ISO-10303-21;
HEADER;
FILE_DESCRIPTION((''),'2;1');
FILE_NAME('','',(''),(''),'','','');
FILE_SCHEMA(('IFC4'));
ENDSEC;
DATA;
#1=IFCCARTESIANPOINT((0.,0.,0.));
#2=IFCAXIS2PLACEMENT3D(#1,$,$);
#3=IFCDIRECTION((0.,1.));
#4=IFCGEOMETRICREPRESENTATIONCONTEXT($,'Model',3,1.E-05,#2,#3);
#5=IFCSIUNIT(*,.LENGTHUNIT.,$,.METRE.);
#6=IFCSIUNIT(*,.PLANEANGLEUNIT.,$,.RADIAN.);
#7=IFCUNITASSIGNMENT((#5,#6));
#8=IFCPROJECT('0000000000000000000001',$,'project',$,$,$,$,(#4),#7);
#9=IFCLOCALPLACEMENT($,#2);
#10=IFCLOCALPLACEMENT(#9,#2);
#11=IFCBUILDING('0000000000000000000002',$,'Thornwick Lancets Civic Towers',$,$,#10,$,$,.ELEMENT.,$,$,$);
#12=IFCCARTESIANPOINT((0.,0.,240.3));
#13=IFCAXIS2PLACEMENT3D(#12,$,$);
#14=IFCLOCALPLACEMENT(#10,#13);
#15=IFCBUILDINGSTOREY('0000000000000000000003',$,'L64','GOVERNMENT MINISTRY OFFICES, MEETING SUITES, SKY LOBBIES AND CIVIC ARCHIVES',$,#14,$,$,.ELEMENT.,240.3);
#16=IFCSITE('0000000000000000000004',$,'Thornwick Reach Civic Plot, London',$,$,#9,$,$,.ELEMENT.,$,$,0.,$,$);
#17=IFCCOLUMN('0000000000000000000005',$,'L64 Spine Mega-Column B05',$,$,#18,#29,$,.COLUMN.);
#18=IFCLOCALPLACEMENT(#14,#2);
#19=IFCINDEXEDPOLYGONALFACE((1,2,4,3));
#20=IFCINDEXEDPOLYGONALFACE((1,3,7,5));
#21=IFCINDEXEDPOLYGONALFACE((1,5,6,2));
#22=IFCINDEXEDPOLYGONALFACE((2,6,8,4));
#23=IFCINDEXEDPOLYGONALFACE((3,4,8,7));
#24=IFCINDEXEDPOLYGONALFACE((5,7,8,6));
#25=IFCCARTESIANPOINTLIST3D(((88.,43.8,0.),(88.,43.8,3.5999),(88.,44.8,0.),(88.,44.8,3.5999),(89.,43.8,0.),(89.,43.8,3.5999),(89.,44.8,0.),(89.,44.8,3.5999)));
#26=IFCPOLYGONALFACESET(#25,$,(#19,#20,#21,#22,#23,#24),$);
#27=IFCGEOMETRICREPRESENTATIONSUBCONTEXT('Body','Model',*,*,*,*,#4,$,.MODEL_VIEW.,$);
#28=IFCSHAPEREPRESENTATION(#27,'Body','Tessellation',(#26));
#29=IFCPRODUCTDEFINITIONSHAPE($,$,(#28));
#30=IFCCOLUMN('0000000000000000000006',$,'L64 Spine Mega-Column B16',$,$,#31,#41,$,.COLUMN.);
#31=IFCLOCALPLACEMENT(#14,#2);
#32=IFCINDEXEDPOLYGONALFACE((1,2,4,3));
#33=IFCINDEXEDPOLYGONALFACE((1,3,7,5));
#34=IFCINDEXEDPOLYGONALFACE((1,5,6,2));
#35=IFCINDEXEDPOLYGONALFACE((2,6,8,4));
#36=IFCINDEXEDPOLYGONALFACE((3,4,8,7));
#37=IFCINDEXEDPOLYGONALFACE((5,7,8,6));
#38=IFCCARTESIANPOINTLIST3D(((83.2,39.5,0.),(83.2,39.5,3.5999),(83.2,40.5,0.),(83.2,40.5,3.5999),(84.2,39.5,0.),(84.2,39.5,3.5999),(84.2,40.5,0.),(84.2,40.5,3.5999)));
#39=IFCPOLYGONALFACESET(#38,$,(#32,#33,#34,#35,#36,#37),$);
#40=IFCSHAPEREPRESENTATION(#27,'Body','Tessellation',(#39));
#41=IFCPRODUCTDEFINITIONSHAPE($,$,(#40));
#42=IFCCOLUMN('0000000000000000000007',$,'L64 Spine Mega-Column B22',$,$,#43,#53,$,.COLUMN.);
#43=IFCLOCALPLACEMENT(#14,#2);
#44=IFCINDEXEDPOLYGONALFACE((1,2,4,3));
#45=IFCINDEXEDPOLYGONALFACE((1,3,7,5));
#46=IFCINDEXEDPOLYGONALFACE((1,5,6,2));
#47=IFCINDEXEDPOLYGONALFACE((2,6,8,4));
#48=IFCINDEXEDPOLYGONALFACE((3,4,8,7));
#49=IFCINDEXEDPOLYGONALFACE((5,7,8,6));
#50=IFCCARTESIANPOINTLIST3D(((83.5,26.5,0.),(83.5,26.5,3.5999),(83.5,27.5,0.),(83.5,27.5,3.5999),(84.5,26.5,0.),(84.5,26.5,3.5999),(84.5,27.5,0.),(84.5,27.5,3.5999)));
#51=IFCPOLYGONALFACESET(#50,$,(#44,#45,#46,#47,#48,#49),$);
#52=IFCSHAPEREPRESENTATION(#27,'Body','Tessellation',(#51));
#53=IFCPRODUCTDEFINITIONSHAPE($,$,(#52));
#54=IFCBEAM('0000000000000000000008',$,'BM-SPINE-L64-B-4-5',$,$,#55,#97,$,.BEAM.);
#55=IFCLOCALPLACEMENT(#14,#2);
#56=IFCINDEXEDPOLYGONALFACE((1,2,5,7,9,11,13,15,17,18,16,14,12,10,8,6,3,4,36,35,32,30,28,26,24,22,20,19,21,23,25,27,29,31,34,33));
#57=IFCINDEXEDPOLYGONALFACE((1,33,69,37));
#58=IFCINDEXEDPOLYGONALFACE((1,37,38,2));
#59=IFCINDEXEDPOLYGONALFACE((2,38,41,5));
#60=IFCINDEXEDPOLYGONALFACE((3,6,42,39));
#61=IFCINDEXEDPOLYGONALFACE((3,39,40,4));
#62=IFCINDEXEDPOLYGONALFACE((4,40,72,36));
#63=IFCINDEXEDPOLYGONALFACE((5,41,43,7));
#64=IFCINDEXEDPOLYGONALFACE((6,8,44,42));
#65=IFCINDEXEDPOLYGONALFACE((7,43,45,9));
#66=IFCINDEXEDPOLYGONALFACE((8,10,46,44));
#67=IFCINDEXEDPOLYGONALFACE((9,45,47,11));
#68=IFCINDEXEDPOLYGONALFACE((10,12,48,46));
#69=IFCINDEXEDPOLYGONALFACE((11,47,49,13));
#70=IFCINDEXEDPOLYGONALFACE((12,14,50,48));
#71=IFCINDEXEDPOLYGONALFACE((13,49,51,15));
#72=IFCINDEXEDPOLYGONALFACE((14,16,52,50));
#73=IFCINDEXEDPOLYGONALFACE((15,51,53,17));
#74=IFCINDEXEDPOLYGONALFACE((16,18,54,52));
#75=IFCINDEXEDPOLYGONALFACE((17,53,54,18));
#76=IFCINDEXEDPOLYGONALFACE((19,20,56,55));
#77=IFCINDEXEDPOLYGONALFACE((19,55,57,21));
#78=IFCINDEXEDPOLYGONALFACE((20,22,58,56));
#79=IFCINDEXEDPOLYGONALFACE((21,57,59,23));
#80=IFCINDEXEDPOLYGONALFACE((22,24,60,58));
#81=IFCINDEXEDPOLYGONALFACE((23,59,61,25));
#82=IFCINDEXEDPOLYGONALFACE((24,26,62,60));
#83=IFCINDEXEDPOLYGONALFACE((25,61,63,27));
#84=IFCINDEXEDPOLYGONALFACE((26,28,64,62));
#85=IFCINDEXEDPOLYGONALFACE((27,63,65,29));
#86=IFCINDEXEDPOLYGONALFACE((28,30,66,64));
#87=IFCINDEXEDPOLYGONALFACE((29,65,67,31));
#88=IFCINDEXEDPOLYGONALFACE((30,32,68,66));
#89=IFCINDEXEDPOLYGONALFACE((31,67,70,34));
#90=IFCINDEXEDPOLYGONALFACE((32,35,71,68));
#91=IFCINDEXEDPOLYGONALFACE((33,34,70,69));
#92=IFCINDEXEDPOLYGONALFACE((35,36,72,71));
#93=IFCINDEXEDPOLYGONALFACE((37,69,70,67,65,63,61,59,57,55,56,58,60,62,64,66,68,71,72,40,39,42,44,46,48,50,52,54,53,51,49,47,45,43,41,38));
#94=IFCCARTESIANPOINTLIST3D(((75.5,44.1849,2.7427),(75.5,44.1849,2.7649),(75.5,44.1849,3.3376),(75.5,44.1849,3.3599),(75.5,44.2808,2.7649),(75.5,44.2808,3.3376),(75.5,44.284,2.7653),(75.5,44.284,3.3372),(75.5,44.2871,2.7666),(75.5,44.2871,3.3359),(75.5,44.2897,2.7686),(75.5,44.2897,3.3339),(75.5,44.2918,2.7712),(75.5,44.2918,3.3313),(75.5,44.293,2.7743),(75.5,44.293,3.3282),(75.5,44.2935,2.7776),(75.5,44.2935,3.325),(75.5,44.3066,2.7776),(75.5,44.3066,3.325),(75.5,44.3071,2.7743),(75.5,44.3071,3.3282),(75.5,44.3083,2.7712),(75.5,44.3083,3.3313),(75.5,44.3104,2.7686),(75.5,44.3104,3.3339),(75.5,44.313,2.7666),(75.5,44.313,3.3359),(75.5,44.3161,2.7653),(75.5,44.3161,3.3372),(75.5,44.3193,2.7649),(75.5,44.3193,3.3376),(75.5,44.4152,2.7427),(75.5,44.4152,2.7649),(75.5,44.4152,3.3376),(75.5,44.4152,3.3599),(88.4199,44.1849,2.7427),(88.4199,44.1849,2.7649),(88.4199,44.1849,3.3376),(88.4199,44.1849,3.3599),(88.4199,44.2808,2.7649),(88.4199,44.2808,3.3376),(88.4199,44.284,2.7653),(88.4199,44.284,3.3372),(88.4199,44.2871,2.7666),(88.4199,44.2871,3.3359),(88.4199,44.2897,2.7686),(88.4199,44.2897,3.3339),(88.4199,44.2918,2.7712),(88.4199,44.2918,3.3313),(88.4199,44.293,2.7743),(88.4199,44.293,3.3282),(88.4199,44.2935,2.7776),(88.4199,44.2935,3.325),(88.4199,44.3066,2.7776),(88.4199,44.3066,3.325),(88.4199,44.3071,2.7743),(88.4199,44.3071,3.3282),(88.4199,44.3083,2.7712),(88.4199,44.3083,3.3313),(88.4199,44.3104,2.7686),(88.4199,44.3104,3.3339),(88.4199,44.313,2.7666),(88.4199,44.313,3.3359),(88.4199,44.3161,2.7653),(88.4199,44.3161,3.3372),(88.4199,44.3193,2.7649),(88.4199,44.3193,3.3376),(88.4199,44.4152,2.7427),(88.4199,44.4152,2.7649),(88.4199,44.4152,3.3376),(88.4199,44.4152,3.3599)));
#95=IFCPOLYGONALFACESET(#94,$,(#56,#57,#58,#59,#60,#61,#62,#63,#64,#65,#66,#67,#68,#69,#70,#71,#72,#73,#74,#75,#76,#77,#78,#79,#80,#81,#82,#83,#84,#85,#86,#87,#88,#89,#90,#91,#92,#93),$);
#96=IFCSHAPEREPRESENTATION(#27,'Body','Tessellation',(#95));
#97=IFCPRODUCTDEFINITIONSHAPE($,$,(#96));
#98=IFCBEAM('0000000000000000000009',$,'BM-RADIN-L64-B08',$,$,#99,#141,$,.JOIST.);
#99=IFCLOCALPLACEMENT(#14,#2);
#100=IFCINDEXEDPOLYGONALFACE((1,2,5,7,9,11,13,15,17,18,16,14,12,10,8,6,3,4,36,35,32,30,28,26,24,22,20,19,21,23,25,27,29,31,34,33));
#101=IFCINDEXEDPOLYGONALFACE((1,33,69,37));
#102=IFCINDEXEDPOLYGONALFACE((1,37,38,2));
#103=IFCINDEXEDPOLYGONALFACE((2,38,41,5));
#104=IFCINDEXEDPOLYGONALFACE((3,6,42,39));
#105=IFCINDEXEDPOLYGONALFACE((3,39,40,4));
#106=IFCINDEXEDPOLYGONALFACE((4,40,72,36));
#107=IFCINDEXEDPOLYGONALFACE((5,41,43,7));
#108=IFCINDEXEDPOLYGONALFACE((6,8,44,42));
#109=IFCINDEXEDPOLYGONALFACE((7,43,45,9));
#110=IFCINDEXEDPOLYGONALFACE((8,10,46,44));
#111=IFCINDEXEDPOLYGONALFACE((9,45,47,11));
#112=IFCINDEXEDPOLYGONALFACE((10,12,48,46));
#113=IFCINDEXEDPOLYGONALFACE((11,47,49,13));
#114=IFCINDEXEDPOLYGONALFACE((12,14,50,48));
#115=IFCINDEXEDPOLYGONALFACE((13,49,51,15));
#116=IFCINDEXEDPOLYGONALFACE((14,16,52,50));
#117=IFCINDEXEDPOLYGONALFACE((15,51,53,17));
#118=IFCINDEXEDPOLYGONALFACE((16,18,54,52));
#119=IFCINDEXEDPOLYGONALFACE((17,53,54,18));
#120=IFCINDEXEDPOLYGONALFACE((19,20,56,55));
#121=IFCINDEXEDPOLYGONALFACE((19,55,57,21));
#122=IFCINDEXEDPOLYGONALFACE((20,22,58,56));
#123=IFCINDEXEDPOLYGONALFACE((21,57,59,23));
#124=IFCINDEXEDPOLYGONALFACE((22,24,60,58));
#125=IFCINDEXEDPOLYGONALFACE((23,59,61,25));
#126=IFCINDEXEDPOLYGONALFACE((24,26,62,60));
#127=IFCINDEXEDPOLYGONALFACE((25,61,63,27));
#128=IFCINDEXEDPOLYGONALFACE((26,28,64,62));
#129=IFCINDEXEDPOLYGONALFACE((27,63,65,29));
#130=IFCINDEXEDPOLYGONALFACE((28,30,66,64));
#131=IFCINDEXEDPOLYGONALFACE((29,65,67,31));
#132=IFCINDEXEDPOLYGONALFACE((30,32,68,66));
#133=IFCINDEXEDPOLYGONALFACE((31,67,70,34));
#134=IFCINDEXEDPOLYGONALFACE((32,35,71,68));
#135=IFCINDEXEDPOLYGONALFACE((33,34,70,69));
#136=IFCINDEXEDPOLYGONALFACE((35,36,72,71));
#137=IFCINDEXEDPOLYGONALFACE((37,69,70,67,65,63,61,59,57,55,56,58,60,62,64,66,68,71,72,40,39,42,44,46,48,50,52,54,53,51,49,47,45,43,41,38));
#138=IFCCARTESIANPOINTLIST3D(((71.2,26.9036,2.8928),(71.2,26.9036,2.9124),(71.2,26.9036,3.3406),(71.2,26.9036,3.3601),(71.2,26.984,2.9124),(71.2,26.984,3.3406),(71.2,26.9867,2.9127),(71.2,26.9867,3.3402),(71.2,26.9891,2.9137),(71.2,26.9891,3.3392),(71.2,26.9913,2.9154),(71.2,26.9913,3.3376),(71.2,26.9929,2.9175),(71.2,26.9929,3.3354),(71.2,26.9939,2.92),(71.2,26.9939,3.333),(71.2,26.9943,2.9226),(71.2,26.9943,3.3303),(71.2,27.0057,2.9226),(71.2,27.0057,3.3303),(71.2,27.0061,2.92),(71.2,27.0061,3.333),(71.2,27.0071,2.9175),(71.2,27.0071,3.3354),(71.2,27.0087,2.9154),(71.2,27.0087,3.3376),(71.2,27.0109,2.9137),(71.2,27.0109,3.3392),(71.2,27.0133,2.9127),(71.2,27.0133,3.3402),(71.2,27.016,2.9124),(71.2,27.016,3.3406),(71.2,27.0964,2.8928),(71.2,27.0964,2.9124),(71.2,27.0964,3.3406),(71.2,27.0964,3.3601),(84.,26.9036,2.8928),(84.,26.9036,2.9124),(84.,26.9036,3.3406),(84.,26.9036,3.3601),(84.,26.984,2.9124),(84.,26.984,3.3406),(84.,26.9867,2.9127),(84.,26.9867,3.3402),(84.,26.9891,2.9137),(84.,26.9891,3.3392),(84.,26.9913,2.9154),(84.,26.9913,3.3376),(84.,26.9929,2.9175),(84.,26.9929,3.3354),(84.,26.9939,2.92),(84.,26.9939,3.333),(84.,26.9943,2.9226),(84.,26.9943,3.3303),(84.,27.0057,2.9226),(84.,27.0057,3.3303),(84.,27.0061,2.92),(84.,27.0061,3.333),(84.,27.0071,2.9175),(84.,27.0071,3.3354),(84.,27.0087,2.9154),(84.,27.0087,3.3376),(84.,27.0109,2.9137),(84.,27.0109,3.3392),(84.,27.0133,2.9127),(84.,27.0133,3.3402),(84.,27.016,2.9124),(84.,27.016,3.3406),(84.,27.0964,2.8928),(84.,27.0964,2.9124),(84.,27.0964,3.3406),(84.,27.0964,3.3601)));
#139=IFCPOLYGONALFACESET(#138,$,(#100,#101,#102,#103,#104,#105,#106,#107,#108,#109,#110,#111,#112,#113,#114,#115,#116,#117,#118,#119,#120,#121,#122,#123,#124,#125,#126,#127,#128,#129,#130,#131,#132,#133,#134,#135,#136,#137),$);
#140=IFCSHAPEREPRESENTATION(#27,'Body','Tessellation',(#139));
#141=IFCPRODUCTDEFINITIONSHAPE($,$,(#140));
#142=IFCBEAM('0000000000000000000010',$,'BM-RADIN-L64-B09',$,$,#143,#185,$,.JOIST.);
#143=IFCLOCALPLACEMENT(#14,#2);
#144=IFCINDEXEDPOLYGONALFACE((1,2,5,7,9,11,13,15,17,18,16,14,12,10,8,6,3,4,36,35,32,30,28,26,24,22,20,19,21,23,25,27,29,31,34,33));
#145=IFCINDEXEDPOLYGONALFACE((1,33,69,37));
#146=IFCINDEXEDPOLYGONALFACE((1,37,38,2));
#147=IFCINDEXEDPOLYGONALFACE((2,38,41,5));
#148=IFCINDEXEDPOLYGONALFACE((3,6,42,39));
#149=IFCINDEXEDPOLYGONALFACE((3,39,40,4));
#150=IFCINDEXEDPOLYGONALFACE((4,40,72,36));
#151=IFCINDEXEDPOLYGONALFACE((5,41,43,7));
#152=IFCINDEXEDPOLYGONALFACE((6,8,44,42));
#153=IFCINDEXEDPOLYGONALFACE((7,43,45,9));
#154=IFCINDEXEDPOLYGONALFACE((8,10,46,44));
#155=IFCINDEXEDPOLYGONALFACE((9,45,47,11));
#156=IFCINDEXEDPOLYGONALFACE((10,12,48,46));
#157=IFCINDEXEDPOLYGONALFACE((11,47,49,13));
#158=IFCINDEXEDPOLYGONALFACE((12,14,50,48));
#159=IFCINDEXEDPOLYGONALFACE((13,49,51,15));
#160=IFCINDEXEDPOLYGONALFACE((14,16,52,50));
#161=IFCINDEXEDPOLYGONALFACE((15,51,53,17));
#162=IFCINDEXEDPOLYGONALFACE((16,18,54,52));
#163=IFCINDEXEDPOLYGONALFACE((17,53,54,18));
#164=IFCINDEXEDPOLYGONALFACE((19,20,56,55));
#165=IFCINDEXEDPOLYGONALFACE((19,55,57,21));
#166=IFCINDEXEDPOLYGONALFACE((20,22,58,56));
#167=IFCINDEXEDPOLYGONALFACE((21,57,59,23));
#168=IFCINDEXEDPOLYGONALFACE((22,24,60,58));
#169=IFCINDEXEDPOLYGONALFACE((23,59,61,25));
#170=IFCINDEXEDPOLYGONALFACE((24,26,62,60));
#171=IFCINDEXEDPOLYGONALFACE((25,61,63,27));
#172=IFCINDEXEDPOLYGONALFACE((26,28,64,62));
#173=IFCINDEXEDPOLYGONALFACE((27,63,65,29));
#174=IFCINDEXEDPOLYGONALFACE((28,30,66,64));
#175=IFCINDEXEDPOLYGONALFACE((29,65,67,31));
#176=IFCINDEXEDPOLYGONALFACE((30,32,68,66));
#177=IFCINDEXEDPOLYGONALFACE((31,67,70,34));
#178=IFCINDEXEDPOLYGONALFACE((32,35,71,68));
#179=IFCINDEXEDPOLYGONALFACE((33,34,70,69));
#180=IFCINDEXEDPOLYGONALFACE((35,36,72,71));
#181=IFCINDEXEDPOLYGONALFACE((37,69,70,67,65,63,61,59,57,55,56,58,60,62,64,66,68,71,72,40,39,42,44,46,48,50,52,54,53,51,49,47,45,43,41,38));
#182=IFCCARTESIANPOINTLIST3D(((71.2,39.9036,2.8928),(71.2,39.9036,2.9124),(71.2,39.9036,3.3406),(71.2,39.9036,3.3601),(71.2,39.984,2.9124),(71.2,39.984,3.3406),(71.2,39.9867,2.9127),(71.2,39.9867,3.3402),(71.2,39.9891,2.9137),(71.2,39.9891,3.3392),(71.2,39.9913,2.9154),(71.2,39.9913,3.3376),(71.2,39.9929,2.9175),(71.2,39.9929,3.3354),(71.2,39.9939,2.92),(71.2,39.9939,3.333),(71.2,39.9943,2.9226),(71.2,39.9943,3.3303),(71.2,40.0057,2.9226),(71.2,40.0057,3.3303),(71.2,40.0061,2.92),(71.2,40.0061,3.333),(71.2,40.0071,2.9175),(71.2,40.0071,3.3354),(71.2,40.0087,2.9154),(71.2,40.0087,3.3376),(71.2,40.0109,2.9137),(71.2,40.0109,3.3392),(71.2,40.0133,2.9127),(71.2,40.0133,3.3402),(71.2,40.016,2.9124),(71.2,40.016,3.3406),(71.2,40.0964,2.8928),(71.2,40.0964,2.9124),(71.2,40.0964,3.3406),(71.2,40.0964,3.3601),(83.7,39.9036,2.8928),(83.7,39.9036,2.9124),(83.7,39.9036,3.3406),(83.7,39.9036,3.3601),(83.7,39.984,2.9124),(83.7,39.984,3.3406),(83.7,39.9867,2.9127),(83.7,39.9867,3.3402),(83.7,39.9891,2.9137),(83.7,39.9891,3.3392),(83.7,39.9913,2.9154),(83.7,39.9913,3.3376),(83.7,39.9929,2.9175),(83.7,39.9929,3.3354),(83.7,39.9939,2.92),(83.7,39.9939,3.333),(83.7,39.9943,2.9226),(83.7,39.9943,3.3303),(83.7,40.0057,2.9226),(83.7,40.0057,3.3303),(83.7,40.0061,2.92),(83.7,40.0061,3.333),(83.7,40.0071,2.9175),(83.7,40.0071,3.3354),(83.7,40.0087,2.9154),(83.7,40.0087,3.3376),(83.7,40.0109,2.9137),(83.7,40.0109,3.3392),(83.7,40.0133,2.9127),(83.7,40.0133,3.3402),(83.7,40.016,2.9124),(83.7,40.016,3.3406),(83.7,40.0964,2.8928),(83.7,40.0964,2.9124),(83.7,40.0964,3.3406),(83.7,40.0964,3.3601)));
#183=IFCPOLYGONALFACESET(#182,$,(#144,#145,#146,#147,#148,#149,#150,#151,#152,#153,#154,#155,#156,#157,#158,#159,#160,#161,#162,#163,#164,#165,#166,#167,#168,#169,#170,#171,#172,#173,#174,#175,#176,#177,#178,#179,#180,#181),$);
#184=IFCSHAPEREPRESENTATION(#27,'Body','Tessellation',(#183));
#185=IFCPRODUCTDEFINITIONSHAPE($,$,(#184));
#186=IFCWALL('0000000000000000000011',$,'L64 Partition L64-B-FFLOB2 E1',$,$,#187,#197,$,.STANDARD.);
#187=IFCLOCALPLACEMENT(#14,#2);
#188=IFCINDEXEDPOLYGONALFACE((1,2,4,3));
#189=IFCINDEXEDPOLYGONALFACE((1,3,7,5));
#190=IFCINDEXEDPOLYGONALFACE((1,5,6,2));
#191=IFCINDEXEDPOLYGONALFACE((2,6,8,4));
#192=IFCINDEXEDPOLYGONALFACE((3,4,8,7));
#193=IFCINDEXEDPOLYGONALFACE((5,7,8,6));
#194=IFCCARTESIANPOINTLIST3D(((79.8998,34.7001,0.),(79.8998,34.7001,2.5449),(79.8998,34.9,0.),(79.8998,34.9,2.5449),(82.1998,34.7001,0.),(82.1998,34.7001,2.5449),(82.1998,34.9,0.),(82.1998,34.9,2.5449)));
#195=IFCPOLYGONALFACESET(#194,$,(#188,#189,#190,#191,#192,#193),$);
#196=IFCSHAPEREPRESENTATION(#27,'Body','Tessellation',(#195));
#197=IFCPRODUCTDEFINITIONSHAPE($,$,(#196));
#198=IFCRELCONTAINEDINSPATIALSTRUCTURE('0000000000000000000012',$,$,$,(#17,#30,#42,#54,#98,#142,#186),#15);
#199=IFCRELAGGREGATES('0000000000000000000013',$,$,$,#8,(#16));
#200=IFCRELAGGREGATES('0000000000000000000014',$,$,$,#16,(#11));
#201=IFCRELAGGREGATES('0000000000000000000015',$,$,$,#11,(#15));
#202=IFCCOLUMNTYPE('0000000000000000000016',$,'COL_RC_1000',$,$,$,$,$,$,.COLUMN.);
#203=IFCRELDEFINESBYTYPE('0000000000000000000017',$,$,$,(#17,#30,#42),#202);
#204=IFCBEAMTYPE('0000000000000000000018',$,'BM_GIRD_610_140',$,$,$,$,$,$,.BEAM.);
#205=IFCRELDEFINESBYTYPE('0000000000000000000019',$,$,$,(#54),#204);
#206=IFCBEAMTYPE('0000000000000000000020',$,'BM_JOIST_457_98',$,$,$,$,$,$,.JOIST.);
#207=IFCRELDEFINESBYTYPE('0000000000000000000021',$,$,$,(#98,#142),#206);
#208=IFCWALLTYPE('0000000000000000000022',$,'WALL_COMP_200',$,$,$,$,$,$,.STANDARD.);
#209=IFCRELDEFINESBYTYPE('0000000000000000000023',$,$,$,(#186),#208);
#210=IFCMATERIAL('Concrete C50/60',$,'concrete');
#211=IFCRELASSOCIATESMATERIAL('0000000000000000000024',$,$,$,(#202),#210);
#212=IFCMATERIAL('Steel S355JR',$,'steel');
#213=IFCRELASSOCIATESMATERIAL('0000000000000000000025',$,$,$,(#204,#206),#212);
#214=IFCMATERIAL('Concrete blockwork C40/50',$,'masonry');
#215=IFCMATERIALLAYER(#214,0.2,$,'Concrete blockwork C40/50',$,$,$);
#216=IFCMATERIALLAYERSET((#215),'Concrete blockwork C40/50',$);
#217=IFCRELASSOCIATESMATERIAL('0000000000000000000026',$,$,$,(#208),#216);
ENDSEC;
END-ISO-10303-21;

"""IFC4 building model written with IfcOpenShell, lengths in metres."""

from ifc_helpers import new_model, si_unit, direction, frame, frame_2d, origin, origin_2d, place, context, subcontext, project, spatial, rectangle, i_section, extrude, material, layer, layer_set, material_profile, profile_set, type_object, element, save


model = new_model("IFC4")

# Units and contexts
model_context = context("Model", 3, precision=1e-05, world=origin(), true_north=direction((0.0, 1.0)))
body_context = subcontext(model_context, "Body", "Model", "MODEL_VIEW")
ifc_project = project(units=[si_unit("LENGTHUNIT", "METRE"), si_unit("PLANEANGLEUNIT", "RADIAN")], contexts=[model_context])

# Site, building, storey
site_placement = place(None, origin())
site = spatial("IfcSite", under=ifc_project, at=site_placement, Name="Thornwick Reach Civic Plot, London", CompositionType="ELEMENT", RefElevation=0.0)
building_placement = place(site_placement, origin())
building = spatial("IfcBuilding", under=site, at=building_placement, Name="Thornwick Lancets Civic Towers", CompositionType="ELEMENT")
storey_placement = place(building_placement, frame((0.0, 0.0, 240.3)))
storey = spatial("IfcBuildingStorey", under=building, at=storey_placement, Name="L64", Description="GOVERNMENT MINISTRY OFFICES, MEETING SUITES, SKY LOBBIES AND CIVIC ARCHIVES", CompositionType="ELEMENT", Elevation=240.3)

# Columns
ifc_material_1 = material(Name="Concrete C50/60", Category="concrete")
ifc_material_profile_1 = material_profile(ifc_material_1, rectangle(XDim=1.0, YDim=1.0, at=origin_2d()), Name="RC 1000x1000")
ifc_profile_set_1 = profile_set([ifc_material_profile_1], Name="Concrete C50/60")
column_type = type_object("IfcColumnType", Name="COL_RC_1000", PredefinedType="COLUMN", material=ifc_profile_set_1)
for number, where, z_axis, x_axis, name in (
    (1, (88.5, 44.3, 0.0), (0.0, 0.0, 1.0), (1.0, 0.0, 0.0), "L64 Spine Mega-Column B05"),
    (2, (83.7, 40.0, 0.0), (0.0, 0.0, 1.0), (1.0, 0.0, 0.0), "L64 Spine Mega-Column B16"),
    (3, (84.0, 27.0, 0.0), (0.0, 0.0, 1.0), (1.0, 0.0, 0.0), "L64 Spine Mega-Column B22"),
):
    element("IfcColumn", number, at=place(storey_placement, frame(where, z_axis=z_axis, x_axis=x_axis)), inside=storey, type_object=column_type, Name=name, PredefinedType="COLUMN", context=body_context, shape_type="SweptSolid", body=[
        extrude(rectangle(XDim=1.0, YDim=1.0, at=origin_2d()), origin(), (0.0, 0.0, 1.0), 3.5999),
    ])

# Beams
ifc_material_2 = material(Name="Steel S355JR", Category="steel")
ifc_material_profile_2 = material_profile(ifc_material_2, i_section(OverallWidth=0.2302, OverallDepth=0.6172, WebThickness=0.0132, FlangeThickness=0.0222, FilletRadius=0.0127, at=origin_2d()), Name="UKB 610x229x140")
ifc_profile_set_2 = profile_set([ifc_material_profile_2], Name="Steel S355JR")
beam_type_1 = type_object("IfcBeamType", Name="BM_GIRD_610_140", PredefinedType="BEAM", material=ifc_profile_set_2)
beam_1_placement = place(storey_placement, frame((88.4199, 44.3, 3.0513), z_axis=(-1.0, 0.0, 0.0), x_axis=(0.0, -1.0, 0.0)))
element("IfcBeam", 4, at=beam_1_placement, inside=storey, type_object=beam_type_1, Name="BM-SPINE-L64-B-4-5", PredefinedType="BEAM", context=body_context, shape_type="SweptSolid", body=[
    extrude(i_section(OverallWidth=0.2302, OverallDepth=0.6172, WebThickness=0.0132, FlangeThickness=0.0222, FilletRadius=0.0127, at=origin_2d()), origin(), (0.0, 0.0, 1.0), 12.9199),
])
ifc_material_profile_3 = material_profile(ifc_material_2, i_section(OverallWidth=0.1929, OverallDepth=0.4673, WebThickness=0.0115, FlangeThickness=0.0195, FilletRadius=0.0103, at=origin_2d()), Name="UKB 457x191x98")
ifc_profile_set_3 = profile_set([ifc_material_profile_3], Name="Steel S355JR")
beam_type_2 = type_object("IfcBeamType", Name="BM_JOIST_457_98", PredefinedType="JOIST", material=ifc_profile_set_3)
beam_2_placement = place(storey_placement, frame((84.0, 27.0, 3.1265), z_axis=(-1.0, 0.0, 0.0), x_axis=(0.0, -1.0, 0.0)))
element("IfcBeam", 5, at=beam_2_placement, inside=storey, type_object=beam_type_2, Name="BM-RADIN-L64-B08", PredefinedType="JOIST", context=body_context, shape_type="SweptSolid", body=[
    extrude(i_section(OverallWidth=0.1929, OverallDepth=0.4673, WebThickness=0.0115, FlangeThickness=0.0195, FilletRadius=0.0103, at=origin_2d()), origin(), (0.0, 0.0, 1.0), 12.8),
])
beam_3_placement = place(storey_placement, frame((83.7, 40.0, 3.1265), z_axis=(-1.0, 0.0, 0.0), x_axis=(0.0, -1.0, 0.0)))
element("IfcBeam", 6, at=beam_3_placement, inside=storey, type_object=beam_type_2, Name="BM-RADIN-L64-B09", PredefinedType="JOIST", context=body_context, shape_type="SweptSolid", body=[
    extrude(i_section(OverallWidth=0.1929, OverallDepth=0.4673, WebThickness=0.0115, FlangeThickness=0.0195, FilletRadius=0.0103, at=origin_2d()), origin(), (0.0, 0.0, 1.0), 12.5),
])

# Wall
ifc_material_3 = material(Name="Concrete blockwork C40/50", Category="masonry")
ifc_layer_1 = layer(ifc_material_3, 0.2, Name="Concrete blockwork C40/50")
ifc_layer_set_1 = layer_set([ifc_layer_1], Name="Concrete blockwork C40/50")
wall_type_1 = type_object("IfcWallType", Name="WALL_COMP_200", PredefinedType="STANDARD", material=ifc_layer_set_1)
wall_1_placement = place(storey_placement, frame((79.8999, 34.8, 0.0), z_axis=(0.0, 0.0, 1.0), x_axis=(1.0, 0.0, 0.0)))
element("IfcWall", 7, at=wall_1_placement, inside=storey, type_object=wall_type_1, Name="L64 Partition L64-B-FFLOB2 E1", PredefinedType="STANDARD", context=body_context, shape_type="SweptSolid", body=[
    extrude(rectangle(XDim=2.3, YDim=0.2, at=frame_2d((1.1499, 0.0))), origin(), (0.0, 0.0, 1.0), 2.5449),
])

save(model, "model.ifc")
